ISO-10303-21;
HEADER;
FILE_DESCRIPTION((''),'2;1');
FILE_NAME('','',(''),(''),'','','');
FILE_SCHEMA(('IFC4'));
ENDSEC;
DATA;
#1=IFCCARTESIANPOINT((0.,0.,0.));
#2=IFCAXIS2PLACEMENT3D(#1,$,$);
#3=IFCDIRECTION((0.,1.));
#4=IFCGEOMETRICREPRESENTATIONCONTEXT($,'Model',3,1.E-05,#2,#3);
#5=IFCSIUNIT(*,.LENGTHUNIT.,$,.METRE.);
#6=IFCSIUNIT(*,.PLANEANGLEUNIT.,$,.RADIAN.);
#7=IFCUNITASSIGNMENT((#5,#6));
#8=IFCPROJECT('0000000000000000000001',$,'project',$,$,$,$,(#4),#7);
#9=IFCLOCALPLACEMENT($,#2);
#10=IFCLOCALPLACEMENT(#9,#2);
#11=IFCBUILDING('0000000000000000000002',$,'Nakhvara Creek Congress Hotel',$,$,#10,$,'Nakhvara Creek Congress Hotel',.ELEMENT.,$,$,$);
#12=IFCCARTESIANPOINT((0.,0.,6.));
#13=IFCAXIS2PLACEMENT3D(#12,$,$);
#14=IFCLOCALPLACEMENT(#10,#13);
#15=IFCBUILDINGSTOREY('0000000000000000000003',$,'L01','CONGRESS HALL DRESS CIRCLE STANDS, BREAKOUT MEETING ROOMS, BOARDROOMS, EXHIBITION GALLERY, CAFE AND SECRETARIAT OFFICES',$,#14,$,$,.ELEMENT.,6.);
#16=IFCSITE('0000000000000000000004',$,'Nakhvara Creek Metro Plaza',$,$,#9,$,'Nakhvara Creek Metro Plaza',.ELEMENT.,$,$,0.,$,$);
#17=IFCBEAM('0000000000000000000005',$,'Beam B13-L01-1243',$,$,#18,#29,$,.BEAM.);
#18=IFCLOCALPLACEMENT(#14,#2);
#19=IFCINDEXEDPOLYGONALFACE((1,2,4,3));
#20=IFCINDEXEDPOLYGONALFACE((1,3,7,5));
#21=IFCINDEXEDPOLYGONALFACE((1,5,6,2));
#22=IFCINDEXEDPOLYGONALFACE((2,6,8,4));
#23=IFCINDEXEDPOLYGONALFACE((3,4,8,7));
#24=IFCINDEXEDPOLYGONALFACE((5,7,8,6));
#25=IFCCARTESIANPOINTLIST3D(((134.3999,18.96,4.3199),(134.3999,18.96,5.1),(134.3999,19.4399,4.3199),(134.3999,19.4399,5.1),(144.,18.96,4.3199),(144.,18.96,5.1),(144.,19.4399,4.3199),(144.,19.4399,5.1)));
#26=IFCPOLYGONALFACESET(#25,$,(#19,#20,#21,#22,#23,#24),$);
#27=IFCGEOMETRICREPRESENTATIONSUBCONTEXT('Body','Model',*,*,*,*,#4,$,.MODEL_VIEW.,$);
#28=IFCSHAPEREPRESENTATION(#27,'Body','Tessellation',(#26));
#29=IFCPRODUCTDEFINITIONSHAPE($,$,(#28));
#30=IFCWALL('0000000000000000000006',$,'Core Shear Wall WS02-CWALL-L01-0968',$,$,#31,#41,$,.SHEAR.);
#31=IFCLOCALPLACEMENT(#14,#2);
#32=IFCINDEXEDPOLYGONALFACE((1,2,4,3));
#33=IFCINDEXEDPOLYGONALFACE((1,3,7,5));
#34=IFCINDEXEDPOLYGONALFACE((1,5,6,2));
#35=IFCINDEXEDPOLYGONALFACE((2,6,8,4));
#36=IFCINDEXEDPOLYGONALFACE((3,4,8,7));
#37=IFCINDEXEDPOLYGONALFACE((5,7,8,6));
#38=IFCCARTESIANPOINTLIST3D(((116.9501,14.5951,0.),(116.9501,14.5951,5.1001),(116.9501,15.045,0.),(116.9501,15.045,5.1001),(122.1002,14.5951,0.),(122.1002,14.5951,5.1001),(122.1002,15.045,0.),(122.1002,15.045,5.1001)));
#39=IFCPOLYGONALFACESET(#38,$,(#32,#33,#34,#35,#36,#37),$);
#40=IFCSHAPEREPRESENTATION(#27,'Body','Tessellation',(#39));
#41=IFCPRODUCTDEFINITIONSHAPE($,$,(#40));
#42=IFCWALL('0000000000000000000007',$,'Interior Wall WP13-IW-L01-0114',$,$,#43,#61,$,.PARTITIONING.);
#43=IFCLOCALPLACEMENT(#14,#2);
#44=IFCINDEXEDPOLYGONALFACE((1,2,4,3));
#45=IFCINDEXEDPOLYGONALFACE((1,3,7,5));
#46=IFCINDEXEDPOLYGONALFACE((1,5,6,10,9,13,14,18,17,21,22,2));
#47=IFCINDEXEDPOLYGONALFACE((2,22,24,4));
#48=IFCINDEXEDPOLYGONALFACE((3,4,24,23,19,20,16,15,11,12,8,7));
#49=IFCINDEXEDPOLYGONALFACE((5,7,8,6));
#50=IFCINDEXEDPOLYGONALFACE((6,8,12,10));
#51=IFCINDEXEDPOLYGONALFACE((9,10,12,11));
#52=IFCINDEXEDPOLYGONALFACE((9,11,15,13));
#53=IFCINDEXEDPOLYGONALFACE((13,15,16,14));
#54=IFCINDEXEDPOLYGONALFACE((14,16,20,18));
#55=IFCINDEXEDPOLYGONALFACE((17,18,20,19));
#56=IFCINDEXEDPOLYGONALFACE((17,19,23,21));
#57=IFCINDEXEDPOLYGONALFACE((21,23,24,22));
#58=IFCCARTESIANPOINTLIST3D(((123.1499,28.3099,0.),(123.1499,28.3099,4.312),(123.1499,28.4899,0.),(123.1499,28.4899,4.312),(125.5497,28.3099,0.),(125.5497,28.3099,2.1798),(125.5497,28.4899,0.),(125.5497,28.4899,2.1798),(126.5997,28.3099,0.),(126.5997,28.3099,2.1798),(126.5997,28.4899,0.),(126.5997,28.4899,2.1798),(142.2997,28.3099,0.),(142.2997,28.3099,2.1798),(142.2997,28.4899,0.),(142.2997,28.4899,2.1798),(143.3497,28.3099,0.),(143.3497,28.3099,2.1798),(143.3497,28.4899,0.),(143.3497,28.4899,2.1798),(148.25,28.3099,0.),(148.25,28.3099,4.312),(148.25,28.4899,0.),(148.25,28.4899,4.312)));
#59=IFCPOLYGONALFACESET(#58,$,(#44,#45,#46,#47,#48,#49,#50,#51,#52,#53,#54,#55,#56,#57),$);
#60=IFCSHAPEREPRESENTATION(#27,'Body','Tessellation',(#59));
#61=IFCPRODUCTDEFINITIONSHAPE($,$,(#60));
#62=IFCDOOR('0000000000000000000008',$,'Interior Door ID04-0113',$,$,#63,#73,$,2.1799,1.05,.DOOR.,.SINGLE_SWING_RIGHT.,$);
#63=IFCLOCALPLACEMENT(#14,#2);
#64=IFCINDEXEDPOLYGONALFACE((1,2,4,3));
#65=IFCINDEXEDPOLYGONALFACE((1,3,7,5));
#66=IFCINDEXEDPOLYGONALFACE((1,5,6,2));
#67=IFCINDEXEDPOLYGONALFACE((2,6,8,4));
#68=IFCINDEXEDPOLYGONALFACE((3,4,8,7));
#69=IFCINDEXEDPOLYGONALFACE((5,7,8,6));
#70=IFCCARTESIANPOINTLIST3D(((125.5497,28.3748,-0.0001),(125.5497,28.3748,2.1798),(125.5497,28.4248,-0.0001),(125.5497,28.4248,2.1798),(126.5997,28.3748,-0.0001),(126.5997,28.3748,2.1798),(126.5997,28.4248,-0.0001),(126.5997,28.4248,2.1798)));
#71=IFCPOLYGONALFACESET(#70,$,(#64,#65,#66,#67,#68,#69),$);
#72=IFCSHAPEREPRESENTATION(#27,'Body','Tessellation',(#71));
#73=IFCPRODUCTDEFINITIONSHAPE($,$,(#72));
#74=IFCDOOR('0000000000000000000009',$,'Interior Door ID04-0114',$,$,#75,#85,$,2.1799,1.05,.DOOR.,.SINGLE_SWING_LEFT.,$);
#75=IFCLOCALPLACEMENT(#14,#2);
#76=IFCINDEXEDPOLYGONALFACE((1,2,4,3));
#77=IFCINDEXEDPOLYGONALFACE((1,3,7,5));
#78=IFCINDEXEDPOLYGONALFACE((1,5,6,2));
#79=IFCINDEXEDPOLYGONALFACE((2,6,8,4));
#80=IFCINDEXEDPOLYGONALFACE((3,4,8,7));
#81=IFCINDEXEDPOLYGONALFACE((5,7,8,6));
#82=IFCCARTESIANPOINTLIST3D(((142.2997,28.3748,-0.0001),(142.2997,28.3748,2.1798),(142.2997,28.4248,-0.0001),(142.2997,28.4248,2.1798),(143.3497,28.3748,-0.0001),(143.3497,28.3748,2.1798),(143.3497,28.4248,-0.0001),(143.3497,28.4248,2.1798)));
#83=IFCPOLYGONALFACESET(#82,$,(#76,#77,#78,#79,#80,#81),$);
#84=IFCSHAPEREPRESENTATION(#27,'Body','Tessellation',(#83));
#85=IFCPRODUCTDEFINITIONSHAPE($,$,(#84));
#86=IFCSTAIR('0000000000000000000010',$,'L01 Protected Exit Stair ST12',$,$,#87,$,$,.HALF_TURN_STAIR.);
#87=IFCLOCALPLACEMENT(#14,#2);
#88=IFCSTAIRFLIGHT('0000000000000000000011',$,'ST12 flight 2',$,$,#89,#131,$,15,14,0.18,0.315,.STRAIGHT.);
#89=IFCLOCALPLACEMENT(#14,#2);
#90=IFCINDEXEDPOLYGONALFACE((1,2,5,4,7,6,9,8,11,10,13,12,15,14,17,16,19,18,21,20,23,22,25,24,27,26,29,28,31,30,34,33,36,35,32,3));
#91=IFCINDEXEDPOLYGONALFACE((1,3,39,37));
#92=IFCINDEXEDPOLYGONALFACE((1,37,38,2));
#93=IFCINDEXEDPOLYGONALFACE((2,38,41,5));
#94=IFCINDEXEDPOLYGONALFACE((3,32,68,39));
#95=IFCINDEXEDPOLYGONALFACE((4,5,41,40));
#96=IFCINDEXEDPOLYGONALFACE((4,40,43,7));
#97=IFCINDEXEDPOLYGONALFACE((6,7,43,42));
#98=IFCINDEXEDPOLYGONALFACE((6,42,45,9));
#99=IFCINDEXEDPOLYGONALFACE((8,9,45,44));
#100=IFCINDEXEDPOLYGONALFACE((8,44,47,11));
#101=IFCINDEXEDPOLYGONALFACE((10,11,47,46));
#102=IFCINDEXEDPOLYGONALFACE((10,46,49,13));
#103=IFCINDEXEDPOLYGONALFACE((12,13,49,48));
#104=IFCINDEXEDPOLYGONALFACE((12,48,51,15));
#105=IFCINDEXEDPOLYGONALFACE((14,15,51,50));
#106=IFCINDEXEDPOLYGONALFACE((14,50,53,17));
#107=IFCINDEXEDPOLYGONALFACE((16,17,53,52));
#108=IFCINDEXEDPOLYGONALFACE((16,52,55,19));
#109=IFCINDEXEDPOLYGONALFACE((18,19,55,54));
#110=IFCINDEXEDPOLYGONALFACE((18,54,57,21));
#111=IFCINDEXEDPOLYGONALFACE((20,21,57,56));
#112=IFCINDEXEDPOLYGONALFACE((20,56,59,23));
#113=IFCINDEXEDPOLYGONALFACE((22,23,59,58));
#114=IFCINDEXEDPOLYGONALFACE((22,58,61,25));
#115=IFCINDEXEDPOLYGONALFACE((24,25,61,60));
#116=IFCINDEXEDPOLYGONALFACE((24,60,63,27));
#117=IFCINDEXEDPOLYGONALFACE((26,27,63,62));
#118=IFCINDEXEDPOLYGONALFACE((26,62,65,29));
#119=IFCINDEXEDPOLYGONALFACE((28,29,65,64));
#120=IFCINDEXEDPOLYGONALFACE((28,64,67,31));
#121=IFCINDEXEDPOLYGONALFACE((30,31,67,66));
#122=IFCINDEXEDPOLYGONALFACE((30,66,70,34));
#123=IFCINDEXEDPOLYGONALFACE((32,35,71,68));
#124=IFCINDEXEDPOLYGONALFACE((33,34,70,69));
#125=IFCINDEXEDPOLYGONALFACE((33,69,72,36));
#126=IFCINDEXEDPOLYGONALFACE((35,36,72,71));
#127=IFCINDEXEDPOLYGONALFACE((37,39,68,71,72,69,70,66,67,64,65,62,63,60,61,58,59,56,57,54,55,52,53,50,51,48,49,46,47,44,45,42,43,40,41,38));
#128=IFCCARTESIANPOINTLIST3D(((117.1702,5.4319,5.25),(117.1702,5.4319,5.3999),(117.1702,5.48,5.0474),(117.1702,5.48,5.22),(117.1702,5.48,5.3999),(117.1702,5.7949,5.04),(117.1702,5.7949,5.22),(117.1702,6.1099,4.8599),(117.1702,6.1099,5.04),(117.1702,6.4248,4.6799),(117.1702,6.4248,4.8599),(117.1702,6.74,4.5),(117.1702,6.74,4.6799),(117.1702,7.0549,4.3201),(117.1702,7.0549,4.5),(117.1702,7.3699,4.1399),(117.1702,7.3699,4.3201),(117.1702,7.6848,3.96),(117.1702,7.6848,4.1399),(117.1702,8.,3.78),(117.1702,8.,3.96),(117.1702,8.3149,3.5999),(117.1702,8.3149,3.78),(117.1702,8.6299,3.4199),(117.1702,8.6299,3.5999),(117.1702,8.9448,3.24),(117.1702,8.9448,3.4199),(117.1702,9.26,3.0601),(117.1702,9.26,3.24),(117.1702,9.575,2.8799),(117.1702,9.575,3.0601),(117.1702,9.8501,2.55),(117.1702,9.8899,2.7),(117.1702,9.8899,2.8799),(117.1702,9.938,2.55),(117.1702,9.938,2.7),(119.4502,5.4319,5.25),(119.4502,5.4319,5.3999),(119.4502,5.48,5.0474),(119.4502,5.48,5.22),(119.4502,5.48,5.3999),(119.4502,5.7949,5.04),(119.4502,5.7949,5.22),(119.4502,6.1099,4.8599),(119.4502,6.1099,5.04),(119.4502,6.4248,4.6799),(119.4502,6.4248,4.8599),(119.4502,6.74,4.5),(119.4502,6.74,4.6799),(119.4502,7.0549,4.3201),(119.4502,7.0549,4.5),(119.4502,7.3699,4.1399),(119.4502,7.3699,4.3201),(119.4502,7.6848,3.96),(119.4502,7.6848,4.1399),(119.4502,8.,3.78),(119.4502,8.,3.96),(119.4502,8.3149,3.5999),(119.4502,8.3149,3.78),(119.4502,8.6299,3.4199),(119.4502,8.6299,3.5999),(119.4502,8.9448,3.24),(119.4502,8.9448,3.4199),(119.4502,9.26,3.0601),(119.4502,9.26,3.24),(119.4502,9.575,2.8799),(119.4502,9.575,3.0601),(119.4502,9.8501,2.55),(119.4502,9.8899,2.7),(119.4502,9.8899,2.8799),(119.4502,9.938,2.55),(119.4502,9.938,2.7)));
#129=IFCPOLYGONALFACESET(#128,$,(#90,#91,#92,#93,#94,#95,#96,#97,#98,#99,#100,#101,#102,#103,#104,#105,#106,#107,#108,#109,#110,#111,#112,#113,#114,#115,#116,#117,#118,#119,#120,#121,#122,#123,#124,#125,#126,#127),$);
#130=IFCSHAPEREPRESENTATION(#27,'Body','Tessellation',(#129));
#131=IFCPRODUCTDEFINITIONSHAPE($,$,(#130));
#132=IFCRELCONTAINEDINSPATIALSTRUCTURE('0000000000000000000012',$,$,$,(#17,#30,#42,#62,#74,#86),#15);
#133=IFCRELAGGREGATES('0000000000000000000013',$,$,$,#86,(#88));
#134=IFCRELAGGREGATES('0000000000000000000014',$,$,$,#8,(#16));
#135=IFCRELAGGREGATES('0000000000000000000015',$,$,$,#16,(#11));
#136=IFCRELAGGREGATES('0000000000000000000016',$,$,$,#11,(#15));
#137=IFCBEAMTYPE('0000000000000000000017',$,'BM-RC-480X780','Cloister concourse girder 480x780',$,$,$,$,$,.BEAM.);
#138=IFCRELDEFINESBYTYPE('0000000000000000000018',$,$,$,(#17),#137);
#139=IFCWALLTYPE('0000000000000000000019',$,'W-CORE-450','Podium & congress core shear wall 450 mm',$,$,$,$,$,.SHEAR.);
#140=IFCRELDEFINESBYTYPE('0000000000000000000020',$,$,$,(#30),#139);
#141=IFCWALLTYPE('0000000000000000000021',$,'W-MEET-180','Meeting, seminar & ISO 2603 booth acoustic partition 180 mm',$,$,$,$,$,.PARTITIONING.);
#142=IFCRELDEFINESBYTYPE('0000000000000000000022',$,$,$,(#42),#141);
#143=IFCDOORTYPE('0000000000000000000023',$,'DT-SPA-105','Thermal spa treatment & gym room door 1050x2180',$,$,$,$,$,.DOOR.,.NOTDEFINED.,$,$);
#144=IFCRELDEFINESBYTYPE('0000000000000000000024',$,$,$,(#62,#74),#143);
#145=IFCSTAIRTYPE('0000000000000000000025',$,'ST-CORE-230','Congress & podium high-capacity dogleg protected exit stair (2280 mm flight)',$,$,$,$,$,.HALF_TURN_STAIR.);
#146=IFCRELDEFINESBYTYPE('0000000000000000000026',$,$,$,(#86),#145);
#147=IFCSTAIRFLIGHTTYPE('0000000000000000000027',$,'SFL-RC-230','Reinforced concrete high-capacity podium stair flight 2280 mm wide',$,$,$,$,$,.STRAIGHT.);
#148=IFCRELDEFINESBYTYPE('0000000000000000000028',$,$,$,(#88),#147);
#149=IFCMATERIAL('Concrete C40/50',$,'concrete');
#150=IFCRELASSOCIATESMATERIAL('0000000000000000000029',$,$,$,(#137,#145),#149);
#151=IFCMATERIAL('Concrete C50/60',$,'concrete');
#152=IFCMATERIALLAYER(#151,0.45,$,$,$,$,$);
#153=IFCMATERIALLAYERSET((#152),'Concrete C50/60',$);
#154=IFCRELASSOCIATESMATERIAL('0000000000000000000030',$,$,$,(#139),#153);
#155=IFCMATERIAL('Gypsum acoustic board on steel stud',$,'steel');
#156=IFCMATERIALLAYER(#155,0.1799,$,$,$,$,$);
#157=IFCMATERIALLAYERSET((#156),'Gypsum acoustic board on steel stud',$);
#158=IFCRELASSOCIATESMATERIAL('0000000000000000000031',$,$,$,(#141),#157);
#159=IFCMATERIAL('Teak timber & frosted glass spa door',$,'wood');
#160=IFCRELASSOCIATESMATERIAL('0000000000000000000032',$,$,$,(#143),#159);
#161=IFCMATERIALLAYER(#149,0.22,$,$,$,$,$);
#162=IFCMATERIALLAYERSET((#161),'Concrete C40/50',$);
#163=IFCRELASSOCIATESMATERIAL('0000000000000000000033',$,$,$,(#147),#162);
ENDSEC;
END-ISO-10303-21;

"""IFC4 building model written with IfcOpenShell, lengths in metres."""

from ifc_helpers import new_model, si_unit, direction, frame, frame_2d, origin, origin_2d, place, context, subcontext, project, spatial, polyline, rectangle, outline, extrude, material, layer, layer_set, material_profile, profile_set, type_object, element, fill, aggregate, save


model = new_model("IFC4")

# Units and contexts
model_context = context("Model", 3, precision=1e-05, world=origin(), true_north=direction((0.0, 1.0)))
body_context = subcontext(model_context, "Body", "Model", "MODEL_VIEW")
ifc_project = project(units=[si_unit("LENGTHUNIT", "METRE"), si_unit("PLANEANGLEUNIT", "RADIAN")], contexts=[model_context])

# Site, building, storey
site_placement = place(None, origin())
site = spatial("IfcSite", under=ifc_project, at=site_placement, Name="Nakhvara Creek Metro Plaza", LongName="Nakhvara Creek Metro Plaza", CompositionType="ELEMENT", RefElevation=0.0)
building_placement = place(site_placement, origin())
building = spatial("IfcBuilding", under=site, at=building_placement, Name="Nakhvara Creek Congress Hotel", LongName="Nakhvara Creek Congress Hotel", CompositionType="ELEMENT")
storey_placement = place(building_placement, frame((0.0, 0.0, 6.0)))
storey = spatial("IfcBuildingStorey", under=building, at=storey_placement, Name="L01", Description="CONGRESS HALL DRESS CIRCLE STANDS, BREAKOUT MEETING ROOMS, BOARDROOMS, EXHIBITION GALLERY, CAFE AND SECRETARIAT OFFICES", CompositionType="ELEMENT", Elevation=6.0)

# Shared definitions
ifc_material_1 = material(Name="Concrete C50/60", Category="concrete")

# Beam
ifc_material_2 = material(Name="Concrete C40/50", Category="concrete")
ifc_material_profile_1 = material_profile(ifc_material_2, rectangle(XDim=0.48, YDim=0.78, at=origin_2d()), Name="RC-BM 480x780", Category="LoadBearing")
ifc_profile_set_1 = profile_set([ifc_material_profile_1], Name="Concrete C40/50")
beam_type_1 = type_object("IfcBeamType", Name="BM-RC-480X780", Description="Cloister concourse girder 480x780", PredefinedType="BEAM", material=ifc_profile_set_1)
for number, where, z_axis, x_axis, name in (
    (1, (134.3999, 19.2, 4.71), (1.0, 0.0, 0.0), (0.0, 1.0, 0.0), "Beam B13-L01-1243"),
):
    element("IfcBeam", number, at=place(storey_placement, frame(where, z_axis=z_axis, x_axis=x_axis)), inside=storey, type_object=beam_type_1, Name=name, PredefinedType="BEAM", context=body_context, shape_type="SweptSolid", body=[
        extrude(rectangle(XDim=0.48, YDim=0.78, at=origin_2d()), origin(), (0.0, 0.0, 1.0), 9.6001),
    ])

# Wall
ifc_layer_1 = layer(ifc_material_1, 0.45)
ifc_layer_set_1 = layer_set([ifc_layer_1], Name="Concrete C50/60")
wall_type_1 = type_object("IfcWallType", Name="W-CORE-450", Description="Podium & congress core shear wall 450 mm", PredefinedType="SHEAR", material=ifc_layer_set_1)
wall_1_placement = place(storey_placement, frame((116.95, 14.8201, 0.0), z_axis=(0.0, 0.0, 1.0), x_axis=(1.0, 0.0, 0.0)))
element("IfcWall", 2, at=wall_1_placement, inside=storey, type_object=wall_type_1, Name="Core Shear Wall WS02-CWALL-L01-0968", PredefinedType="SHEAR", context=body_context, shape_type="SweptSolid", body=[
    extrude(rectangle(XDim=5.1501, YDim=0.45, at=frame_2d((2.5752, 0.0))), origin(), (0.0, 0.0, 1.0), 5.1001),
])

# Wall, openings, doors
ifc_material_3 = material(Name="Gypsum acoustic board on steel stud", Category="steel")
ifc_layer_2 = layer(ifc_material_3, 0.1799)
ifc_layer_set_2 = layer_set([ifc_layer_2], Name="Gypsum acoustic board on steel stud")
wall_type_2 = type_object("IfcWallType", Name="W-MEET-180", Description="Meeting, seminar & ISO 2603 booth acoustic partition 180 mm", PredefinedType="PARTITIONING", material=ifc_layer_set_2)
wall_2_placement = place(storey_placement, frame((123.1499, 28.3999, 0.0), z_axis=(0.0, 0.0, 1.0), x_axis=(1.0, 0.0, 0.0)))
wall_2 = element("IfcWall", 3, at=wall_2_placement, inside=storey, type_object=wall_type_2, Name="Interior Wall WP13-IW-L01-0114", PredefinedType="PARTITIONING", context=body_context, shape_type="SweptSolid", body=[
    extrude(rectangle(XDim=25.1001, YDim=0.1799, at=frame_2d((12.55, 0.0))), origin(), (0.0, 0.0, 1.0), 4.312),
])
opening_1_placement = place(wall_2_placement, frame((2.3999, 0.0, 0.0)))
opening_1 = element("IfcOpeningElement", 4, at=opening_1_placement, cuts=wall_2, PredefinedType="OPENING", context=body_context, shape_type="SweptSolid", body=[
    extrude(rectangle(XDim=1.05, YDim=2.1799, at=frame_2d((0.5249, 1.0898))), frame((0.0, 0.1021, 0.0), z_axis=(0.0, -1.0, 0.0), x_axis=(1.0, 0.0, 0.0)), (0.0, 0.0, 1.0), 0.2039),
])
opening_2_placement = place(wall_2_placement, frame((19.1499, 0.0, 0.0)))
opening_2 = element("IfcOpeningElement", 5, at=opening_2_placement, cuts=wall_2, PredefinedType="OPENING", context=body_context, shape_type="SweptSolid", body=[
    extrude(rectangle(XDim=1.05, YDim=2.1799, at=frame_2d((0.5249, 1.0898))), frame((0.0, 0.1021, 0.0), z_axis=(0.0, -1.0, 0.0), x_axis=(1.0, 0.0, 0.0)), (0.0, 0.0, 1.0), 0.2039),
])
ifc_material_4 = material(Name="Teak timber & frosted glass spa door", Category="wood")
door_type = type_object("IfcDoorType", Name="DT-SPA-105", Description="Thermal spa treatment & gym room door 1050x2180", OperationType="NOTDEFINED", PredefinedType="DOOR", material=ifc_material_4)
door_1_placement = place(opening_1_placement, origin())
door_1 = element("IfcDoor", 6, at=door_1_placement, inside=storey, type_object=door_type, Name="Interior Door ID04-0113", OperationType="SINGLE_SWING_RIGHT", OverallHeight=2.1799, OverallWidth=1.05, PredefinedType="DOOR", context=body_context, shape_type="SweptSolid", body=[
    extrude(rectangle(XDim=1.05, YDim=2.1799, at=frame_2d((0.5249, 1.0898))), frame((0.0, 0.0249, 0.0), z_axis=(0.0, -1.0, 0.0), x_axis=(1.0, 0.0, 0.0)), (0.0, 0.0, 1.0), 0.05),
])
fill(opening_1, door_1)
door_2_placement = place(opening_2_placement, origin())
door_2 = element("IfcDoor", 7, at=door_2_placement, inside=storey, type_object=door_type, Name="Interior Door ID04-0114", OperationType="SINGLE_SWING_LEFT", OverallHeight=2.1799, OverallWidth=1.05, PredefinedType="DOOR", context=body_context, shape_type="SweptSolid", body=[
    extrude(rectangle(XDim=1.05, YDim=2.1799, at=frame_2d((0.5249, 1.0898))), frame((0.0, 0.0249, 0.0), z_axis=(0.0, -1.0, 0.0), x_axis=(1.0, 0.0, 0.0)), (0.0, 0.0, 1.0), 0.05),
])
fill(opening_2, door_2)

# Stair, stair flight
stair_type = type_object("IfcStairType", Name="ST-CORE-230", Description="Congress & podium high-capacity dogleg protected exit stair (2280 mm flight)", PredefinedType="HALF_TURN_STAIR", material=ifc_material_2)
stair_placement = place(storey_placement, origin())
stair = element("IfcStair", 8, at=stair_placement, inside=storey, type_object=stair_type, Name="L01 Protected Exit Stair ST12", PredefinedType="HALF_TURN_STAIR")
ifc_layer_3 = layer(ifc_material_2, 0.22)
ifc_layer_set_3 = layer_set([ifc_layer_3], Name="Concrete C40/50")
stair_flight_type = type_object("IfcStairFlightType", Name="SFL-RC-230", Description="Reinforced concrete high-capacity podium stair flight 2280 mm wide", PredefinedType="STRAIGHT", material=ifc_layer_set_3)
stair_flight_placement = place(storey_placement, frame((118.3101, 9.8899, 2.7), z_axis=(0.0, 0.0, 1.0), x_axis=(0.0, -1.0, 0.0)))
stair_flight = element("IfcStairFlight", 9, at=stair_flight_placement, type_object=stair_flight_type, Name="ST12 flight 2", NumberOfRisers=15, NumberOfTreads=14, PredefinedType="STRAIGHT", RiserHeight=0.18, TreadLength=0.315, context=body_context, shape_type="SweptSolid", body=[
    extrude(outline(polyline([(-0.0481, 0.0), (0.0, 0.0), (0.0, 0.1799), (0.3149, 0.1799), (0.3149, 0.3601), (0.6299, 0.3601), (0.6299, 0.54), (0.9451, 0.54), (0.9451, 0.72), (1.26, 0.72), (1.26, 0.8999), (1.575, 0.8999), (1.575, 1.0801), (1.8899, 1.0801), (1.8899, 1.26), (2.2051, 1.26), (2.2051, 1.4399), (2.52, 1.4399), (2.52, 1.6201), (2.835, 1.6201), (2.835, 1.8), (3.1499, 1.8), (3.1499, 1.98), (3.4651, 1.98), (3.4651, 2.1599), (3.78, 2.1599), (3.78, 2.3401), (4.095, 2.3401), (4.095, 2.52), (4.4099, 2.52), (4.4099, 2.7), (4.458, 2.7), (4.458, 2.55), (4.4099, 2.3474), (0.0398, -0.1499), (-0.0481, -0.1499), (-0.0481, 0.0)])), frame((0.0, 1.1401, 0.0), z_axis=(0.0, -1.0, 0.0), x_axis=(1.0, 0.0, 0.0)), (0.0, 0.0, 1.0), 2.28),
])
aggregate(stair, [stair_flight])

save(model, "model.ifc")
